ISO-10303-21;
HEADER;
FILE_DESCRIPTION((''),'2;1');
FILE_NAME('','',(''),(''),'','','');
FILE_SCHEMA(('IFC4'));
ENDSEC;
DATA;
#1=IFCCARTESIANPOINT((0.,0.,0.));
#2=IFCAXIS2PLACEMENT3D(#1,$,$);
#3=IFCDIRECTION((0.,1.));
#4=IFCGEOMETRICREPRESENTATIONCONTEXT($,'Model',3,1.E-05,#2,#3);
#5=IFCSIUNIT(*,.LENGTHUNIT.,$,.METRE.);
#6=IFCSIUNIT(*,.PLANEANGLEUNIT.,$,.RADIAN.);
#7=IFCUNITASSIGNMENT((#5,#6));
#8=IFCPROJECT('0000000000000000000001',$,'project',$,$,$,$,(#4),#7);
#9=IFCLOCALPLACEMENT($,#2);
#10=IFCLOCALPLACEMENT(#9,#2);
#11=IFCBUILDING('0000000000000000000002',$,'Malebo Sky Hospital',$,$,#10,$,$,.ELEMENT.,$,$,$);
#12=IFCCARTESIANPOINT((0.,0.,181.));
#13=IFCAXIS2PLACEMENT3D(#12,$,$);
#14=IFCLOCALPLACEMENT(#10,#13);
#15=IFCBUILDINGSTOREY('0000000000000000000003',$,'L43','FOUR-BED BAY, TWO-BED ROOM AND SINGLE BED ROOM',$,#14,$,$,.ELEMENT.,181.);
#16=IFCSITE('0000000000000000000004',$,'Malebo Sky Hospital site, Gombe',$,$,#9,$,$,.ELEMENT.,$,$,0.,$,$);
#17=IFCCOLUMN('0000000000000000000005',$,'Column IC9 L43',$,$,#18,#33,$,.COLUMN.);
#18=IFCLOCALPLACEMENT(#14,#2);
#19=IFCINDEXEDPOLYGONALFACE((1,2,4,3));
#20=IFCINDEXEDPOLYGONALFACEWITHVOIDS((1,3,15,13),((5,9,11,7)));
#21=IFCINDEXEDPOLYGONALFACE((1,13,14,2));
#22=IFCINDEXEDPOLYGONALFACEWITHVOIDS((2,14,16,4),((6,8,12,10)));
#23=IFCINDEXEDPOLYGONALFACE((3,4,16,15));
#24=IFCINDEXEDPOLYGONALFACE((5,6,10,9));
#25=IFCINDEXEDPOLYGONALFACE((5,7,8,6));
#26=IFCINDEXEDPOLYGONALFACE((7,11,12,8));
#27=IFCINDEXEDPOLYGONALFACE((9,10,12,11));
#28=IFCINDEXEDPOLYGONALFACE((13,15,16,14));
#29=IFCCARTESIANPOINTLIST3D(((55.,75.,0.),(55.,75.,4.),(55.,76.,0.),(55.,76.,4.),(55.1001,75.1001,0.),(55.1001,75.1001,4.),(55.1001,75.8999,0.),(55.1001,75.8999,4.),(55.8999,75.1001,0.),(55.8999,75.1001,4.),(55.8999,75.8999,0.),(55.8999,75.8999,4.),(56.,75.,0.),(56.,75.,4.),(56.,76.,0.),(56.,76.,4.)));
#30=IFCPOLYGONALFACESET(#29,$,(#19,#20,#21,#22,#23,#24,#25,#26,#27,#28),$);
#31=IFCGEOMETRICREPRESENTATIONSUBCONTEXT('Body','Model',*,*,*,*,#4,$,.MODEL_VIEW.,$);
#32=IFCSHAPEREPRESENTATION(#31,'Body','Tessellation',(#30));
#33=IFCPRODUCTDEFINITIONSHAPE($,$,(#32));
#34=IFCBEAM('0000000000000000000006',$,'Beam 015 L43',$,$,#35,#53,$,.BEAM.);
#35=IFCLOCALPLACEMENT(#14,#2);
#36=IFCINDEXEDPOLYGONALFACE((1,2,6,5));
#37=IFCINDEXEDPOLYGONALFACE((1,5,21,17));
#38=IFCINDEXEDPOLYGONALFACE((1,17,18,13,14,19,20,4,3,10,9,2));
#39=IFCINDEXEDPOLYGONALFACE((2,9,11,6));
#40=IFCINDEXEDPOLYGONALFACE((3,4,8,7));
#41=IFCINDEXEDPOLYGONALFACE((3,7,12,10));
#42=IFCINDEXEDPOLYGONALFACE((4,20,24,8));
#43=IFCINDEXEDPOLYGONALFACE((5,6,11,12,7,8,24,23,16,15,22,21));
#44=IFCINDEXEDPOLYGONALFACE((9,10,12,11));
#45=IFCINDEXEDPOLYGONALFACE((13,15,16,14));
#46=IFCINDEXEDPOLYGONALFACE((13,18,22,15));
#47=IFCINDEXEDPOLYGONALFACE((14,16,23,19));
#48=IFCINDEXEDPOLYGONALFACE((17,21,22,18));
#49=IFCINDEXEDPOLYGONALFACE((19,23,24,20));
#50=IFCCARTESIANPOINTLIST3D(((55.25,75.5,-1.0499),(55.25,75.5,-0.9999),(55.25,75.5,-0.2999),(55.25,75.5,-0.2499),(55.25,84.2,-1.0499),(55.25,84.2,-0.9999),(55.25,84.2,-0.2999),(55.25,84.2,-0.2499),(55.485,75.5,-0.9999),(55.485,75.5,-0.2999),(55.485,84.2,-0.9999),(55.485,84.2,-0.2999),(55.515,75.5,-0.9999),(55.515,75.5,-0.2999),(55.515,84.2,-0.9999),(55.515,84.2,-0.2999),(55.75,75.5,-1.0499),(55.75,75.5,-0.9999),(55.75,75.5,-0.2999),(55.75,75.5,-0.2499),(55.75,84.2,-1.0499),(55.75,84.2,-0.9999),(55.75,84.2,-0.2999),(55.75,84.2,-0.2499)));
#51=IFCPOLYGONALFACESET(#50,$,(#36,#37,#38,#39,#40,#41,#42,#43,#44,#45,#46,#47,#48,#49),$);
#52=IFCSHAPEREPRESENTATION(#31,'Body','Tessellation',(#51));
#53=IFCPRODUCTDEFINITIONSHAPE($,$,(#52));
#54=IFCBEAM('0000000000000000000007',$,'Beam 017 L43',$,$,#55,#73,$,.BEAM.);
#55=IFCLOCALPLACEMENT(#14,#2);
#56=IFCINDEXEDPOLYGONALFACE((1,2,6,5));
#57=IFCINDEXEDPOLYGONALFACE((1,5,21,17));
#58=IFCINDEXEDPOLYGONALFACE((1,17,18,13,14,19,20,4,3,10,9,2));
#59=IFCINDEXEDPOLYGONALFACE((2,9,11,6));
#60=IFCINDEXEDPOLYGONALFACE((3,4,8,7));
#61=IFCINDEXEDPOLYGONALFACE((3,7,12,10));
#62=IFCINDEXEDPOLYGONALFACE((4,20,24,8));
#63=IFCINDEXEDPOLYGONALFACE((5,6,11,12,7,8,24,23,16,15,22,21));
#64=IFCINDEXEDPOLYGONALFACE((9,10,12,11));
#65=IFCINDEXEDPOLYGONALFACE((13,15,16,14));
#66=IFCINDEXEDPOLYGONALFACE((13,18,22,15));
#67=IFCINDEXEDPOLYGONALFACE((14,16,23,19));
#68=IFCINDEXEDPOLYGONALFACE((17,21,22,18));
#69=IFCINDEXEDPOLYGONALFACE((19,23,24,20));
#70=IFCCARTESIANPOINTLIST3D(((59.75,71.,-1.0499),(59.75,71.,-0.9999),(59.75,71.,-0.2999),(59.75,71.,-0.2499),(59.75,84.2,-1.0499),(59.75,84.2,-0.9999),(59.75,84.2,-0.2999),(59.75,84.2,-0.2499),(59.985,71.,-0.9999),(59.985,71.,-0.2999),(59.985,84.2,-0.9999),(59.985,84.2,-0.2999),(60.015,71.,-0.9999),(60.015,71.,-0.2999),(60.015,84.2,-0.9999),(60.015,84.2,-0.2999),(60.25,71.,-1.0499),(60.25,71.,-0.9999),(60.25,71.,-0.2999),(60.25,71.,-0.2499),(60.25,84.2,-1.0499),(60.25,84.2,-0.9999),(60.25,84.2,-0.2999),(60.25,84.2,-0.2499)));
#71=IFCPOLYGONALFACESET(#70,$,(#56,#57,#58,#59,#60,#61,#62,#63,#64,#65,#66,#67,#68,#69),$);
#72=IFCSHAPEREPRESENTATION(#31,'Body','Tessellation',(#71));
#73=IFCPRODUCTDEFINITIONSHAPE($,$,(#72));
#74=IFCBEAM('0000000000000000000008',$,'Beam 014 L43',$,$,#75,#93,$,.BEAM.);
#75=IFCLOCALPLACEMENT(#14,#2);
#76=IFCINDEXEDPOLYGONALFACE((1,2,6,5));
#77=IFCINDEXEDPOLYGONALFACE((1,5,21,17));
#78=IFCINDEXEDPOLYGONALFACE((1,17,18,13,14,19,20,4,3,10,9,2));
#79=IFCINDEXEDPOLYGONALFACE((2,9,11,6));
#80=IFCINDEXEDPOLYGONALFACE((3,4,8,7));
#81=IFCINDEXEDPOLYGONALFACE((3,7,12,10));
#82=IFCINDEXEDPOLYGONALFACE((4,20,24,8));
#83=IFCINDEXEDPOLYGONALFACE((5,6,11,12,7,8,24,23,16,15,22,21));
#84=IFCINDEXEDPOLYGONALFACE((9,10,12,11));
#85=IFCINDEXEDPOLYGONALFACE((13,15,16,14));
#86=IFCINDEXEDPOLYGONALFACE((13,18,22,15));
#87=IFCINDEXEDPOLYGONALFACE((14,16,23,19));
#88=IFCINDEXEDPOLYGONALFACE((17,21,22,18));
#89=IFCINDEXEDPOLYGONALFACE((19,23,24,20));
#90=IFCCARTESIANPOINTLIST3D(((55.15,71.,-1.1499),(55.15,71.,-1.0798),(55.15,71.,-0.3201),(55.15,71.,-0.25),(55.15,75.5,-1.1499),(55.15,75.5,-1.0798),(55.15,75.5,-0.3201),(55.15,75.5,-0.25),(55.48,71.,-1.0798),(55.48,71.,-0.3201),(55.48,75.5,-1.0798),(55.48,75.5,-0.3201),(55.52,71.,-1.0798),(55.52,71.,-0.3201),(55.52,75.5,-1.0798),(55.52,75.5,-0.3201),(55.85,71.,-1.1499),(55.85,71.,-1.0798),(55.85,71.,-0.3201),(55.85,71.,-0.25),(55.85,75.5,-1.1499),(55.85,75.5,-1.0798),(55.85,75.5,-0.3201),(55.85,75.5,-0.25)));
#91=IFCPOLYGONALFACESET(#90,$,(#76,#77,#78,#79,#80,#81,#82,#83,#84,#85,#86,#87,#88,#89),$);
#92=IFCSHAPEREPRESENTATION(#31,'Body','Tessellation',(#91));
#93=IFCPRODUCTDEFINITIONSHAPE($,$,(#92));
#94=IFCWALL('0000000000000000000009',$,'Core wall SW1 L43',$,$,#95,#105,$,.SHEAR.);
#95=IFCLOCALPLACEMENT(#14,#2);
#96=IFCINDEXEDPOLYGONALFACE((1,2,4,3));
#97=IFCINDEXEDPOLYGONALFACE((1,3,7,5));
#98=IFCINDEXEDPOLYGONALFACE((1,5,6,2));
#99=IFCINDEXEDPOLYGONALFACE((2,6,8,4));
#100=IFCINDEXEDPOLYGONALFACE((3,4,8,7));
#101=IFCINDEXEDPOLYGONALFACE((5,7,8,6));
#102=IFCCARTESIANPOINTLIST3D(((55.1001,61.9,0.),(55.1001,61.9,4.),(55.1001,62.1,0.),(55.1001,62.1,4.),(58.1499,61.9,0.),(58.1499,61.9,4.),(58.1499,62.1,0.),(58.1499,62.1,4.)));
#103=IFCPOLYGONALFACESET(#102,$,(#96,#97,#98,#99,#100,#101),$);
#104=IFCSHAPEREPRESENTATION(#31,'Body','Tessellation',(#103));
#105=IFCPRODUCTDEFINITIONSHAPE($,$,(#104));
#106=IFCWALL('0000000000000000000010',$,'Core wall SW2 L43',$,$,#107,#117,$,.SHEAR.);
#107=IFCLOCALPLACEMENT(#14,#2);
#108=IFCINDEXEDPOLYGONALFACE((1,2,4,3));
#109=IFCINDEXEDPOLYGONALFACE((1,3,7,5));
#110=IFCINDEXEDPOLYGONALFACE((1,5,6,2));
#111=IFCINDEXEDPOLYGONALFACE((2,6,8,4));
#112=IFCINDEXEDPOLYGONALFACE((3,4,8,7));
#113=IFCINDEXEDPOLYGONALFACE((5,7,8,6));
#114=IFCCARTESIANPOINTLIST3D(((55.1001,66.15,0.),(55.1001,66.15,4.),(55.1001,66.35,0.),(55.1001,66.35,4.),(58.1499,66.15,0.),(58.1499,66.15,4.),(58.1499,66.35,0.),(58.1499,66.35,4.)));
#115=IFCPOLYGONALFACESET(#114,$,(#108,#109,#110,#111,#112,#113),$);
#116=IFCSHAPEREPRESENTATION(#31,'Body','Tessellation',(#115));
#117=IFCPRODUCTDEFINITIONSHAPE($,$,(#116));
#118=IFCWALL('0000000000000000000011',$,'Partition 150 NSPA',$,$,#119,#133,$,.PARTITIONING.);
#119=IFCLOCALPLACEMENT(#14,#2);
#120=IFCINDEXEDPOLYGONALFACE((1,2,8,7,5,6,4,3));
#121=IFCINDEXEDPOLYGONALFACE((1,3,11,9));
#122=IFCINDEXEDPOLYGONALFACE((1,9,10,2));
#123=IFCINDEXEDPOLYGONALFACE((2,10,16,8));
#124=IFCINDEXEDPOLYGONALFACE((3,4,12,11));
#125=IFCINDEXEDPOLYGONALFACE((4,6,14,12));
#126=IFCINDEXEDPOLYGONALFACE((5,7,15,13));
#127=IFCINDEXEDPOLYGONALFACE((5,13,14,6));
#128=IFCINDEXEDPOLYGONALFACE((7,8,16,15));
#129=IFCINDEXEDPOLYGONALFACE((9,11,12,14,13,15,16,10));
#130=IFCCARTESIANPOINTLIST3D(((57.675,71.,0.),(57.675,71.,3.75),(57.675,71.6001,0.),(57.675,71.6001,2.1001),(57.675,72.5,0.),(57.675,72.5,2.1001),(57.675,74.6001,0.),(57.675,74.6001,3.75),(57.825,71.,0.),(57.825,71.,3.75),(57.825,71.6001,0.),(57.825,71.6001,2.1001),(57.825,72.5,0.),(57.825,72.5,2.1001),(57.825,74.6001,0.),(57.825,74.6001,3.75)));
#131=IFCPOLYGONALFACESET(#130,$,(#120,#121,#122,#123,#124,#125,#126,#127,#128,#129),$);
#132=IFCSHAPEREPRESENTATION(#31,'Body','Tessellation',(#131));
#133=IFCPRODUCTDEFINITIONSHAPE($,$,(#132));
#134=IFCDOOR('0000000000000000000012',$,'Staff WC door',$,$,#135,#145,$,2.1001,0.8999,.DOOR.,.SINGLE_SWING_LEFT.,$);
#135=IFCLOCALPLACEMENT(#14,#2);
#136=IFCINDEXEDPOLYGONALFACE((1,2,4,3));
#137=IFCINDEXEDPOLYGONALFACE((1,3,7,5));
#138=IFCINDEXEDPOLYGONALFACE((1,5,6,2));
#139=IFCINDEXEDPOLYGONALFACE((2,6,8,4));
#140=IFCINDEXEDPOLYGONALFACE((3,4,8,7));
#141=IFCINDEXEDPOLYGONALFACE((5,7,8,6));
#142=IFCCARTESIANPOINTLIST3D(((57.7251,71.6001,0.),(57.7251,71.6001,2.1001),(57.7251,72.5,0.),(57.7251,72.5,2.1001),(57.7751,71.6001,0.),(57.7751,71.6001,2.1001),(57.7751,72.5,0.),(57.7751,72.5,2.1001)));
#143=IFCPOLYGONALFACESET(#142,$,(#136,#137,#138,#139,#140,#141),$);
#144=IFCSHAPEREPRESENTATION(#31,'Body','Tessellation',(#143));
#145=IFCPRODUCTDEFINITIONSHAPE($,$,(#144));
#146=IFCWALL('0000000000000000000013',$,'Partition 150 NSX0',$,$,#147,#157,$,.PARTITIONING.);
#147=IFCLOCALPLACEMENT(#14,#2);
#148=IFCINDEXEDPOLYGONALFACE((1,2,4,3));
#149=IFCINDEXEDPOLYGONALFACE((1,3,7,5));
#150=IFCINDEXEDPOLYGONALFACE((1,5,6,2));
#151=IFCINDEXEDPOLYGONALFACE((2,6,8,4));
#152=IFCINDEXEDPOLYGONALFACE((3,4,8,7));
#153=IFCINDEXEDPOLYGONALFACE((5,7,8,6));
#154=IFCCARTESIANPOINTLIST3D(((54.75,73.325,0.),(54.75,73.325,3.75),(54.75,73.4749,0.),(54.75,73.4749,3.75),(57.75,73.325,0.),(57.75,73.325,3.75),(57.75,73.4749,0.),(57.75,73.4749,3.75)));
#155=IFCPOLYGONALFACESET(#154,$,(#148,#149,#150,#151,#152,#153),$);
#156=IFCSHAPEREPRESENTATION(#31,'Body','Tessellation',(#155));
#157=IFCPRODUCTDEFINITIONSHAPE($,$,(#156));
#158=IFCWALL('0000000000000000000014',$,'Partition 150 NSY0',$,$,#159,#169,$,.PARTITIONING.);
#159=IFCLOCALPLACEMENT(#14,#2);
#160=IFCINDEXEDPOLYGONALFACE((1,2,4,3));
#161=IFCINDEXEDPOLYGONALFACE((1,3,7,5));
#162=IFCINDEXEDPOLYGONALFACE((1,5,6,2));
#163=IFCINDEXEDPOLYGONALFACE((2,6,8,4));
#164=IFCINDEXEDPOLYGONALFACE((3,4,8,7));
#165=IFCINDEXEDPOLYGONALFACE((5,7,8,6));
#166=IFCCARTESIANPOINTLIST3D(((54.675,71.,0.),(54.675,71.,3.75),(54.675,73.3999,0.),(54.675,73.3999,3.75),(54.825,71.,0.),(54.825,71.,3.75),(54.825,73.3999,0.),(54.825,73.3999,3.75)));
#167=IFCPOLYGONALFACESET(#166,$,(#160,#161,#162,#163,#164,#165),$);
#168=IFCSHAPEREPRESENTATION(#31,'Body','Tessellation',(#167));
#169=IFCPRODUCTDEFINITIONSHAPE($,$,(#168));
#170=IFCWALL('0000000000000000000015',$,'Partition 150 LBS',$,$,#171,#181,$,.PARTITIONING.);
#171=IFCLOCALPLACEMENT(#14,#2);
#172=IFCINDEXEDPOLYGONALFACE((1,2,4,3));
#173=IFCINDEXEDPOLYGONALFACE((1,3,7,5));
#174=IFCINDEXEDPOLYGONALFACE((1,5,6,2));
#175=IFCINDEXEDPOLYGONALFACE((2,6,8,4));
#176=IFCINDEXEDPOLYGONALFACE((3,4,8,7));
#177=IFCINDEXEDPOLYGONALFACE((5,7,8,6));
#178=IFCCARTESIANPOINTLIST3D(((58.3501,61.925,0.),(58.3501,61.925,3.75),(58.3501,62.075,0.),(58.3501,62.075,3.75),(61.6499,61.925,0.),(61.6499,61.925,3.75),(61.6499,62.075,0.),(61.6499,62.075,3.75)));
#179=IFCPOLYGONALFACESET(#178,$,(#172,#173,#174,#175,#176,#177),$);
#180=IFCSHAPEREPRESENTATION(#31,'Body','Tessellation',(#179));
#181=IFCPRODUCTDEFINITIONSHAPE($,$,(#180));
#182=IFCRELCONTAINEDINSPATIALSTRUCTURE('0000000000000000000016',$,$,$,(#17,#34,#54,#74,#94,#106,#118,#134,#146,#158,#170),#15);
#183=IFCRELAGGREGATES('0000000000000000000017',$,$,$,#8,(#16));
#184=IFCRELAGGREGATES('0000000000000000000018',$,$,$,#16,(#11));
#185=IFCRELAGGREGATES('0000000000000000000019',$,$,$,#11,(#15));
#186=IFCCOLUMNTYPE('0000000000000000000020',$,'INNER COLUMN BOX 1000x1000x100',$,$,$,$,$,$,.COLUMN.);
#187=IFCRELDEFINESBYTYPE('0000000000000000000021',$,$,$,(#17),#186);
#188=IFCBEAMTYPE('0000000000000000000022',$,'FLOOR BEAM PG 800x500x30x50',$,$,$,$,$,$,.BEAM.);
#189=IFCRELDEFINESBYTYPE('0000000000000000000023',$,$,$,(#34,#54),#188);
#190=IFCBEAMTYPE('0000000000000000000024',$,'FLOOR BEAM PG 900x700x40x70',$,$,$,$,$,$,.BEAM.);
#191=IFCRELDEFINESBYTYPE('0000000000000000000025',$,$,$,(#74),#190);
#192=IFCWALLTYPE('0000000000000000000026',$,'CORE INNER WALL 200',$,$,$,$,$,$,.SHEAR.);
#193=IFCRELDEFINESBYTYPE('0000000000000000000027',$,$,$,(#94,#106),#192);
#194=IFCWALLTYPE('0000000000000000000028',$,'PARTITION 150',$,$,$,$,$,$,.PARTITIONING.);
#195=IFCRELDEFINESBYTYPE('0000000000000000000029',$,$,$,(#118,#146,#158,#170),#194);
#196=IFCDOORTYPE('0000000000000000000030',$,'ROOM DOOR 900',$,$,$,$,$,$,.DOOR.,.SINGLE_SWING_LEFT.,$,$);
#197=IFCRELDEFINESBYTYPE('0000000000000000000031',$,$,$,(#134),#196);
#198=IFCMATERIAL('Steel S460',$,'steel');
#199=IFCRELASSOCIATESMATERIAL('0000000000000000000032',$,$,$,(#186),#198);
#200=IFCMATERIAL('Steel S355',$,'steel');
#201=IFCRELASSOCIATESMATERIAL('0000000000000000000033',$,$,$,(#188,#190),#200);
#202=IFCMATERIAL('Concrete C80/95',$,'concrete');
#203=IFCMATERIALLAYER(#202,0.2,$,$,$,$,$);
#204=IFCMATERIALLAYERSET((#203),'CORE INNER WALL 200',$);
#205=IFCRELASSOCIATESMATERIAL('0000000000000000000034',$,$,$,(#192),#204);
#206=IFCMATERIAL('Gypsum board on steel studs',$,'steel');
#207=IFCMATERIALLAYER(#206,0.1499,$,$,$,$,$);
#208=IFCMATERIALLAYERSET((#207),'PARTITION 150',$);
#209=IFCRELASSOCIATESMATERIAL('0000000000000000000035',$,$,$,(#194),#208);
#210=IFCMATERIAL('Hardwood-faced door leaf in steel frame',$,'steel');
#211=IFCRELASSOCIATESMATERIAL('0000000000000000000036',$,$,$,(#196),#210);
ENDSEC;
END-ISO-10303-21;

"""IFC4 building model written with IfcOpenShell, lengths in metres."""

from ifc_helpers import new_model, si_unit, direction, frame, frame_2d, origin, origin_2d, place, context, subcontext, project, spatial, rectangle, hollow_rectangle, i_section, extrude, material, layer, layer_set, material_profile, profile_set, type_object, element, fill, save


model = new_model("IFC4")

# Units and contexts
model_context = context("Model", 3, precision=1e-05, world=origin(), true_north=direction((0.0, 1.0)))
body_context = subcontext(model_context, "Body", "Model", "MODEL_VIEW")
ifc_project = project(units=[si_unit("LENGTHUNIT", "METRE"), si_unit("PLANEANGLEUNIT", "RADIAN")], contexts=[model_context])

# Site, building, storey
site_placement = place(None, origin())
site = spatial("IfcSite", under=ifc_project, at=site_placement, Name="Malebo Sky Hospital site, Gombe", CompositionType="ELEMENT", RefElevation=0.0)
building_placement = place(site_placement, origin())
building = spatial("IfcBuilding", under=site, at=building_placement, Name="Malebo Sky Hospital", CompositionType="ELEMENT")
storey_placement = place(building_placement, frame((0.0, 0.0, 181.0)))
storey = spatial("IfcBuildingStorey", under=building, at=storey_placement, Name="L43", Description="FOUR-BED BAY, TWO-BED ROOM AND SINGLE BED ROOM", CompositionType="ELEMENT", Elevation=181.0)

# Column
ifc_material_1 = material(Name="Steel S460", Category="steel")
ifc_material_profile_1 = material_profile(ifc_material_1, hollow_rectangle(XDim=1.0, YDim=1.0, WallThickness=0.1001, at=origin_2d()), Name="BOX 1000x1000x100")
ifc_profile_set_1 = profile_set([ifc_material_profile_1], Name="Steel S460")
column_type = type_object("IfcColumnType", Name="INNER COLUMN BOX 1000x1000x100", PredefinedType="COLUMN", material=ifc_profile_set_1)
column_placement = place(storey_placement, frame((55.5, 75.5, 0.0), z_axis=(0.0, 0.0, 1.0), x_axis=(1.0, 0.0, 0.0)))
element("IfcColumn", 1, at=column_placement, inside=storey, type_object=column_type, Name="Column IC9 L43", PredefinedType="COLUMN", context=body_context, shape_type="SweptSolid", body=[
    extrude(hollow_rectangle(XDim=1.0, YDim=1.0, WallThickness=0.1001, at=origin_2d()), origin(), (0.0, 0.0, 1.0), 4.0),
])

# Beams
ifc_material_2 = material(Name="Steel S355", Category="steel")
ifc_material_profile_2 = material_profile(ifc_material_2, i_section(OverallWidth=0.5, OverallDepth=0.8, WebThickness=0.03, FlangeThickness=0.05, at=origin_2d()), Name="PG 800x500x30x50")
ifc_profile_set_2 = profile_set([ifc_material_profile_2], Name="Steel S355")
beam_type_1 = type_object("IfcBeamType", Name="FLOOR BEAM PG 800x500x30x50", PredefinedType="BEAM", material=ifc_profile_set_2)
beam_1_placement = place(storey_placement, frame((55.5, 75.5, -0.6499), z_axis=(0.0, 1.0, 0.0), x_axis=(-1.0, 0.0, 0.0)))
element("IfcBeam", 2, at=beam_1_placement, inside=storey, type_object=beam_type_1, Name="Beam 015 L43", PredefinedType="BEAM", context=body_context, shape_type="SweptSolid", body=[
    extrude(i_section(OverallWidth=0.5, OverallDepth=0.8, WebThickness=0.03, FlangeThickness=0.05, at=origin_2d()), origin(), (0.0, 0.0, 1.0), 8.7),
])
beam_2_placement = place(storey_placement, frame((60.0, 71.0, -0.6499), z_axis=(0.0, 1.0, 0.0), x_axis=(-1.0, 0.0, 0.0)))
element("IfcBeam", 3, at=beam_2_placement, inside=storey, type_object=beam_type_1, Name="Beam 017 L43", PredefinedType="BEAM", context=body_context, shape_type="SweptSolid", body=[
    extrude(i_section(OverallWidth=0.5, OverallDepth=0.8, WebThickness=0.03, FlangeThickness=0.05, at=origin_2d()), origin(), (0.0, 0.0, 1.0), 13.2),
])
ifc_material_profile_3 = material_profile(ifc_material_2, i_section(OverallWidth=0.7, OverallDepth=0.8999, WebThickness=0.04, FlangeThickness=0.0701, at=origin_2d()), Name="PG 900x700x40x70")
ifc_profile_set_3 = profile_set([ifc_material_profile_3], Name="Steel S355")
beam_type_2 = type_object("IfcBeamType", Name="FLOOR BEAM PG 900x700x40x70", PredefinedType="BEAM", material=ifc_profile_set_3)
beam_3_placement = place(storey_placement, frame((55.5, 71.0, -0.7), z_axis=(0.0, 1.0, 0.0), x_axis=(-1.0, 0.0, 0.0)))
element("IfcBeam", 4, at=beam_3_placement, inside=storey, type_object=beam_type_2, Name="Beam 014 L43", PredefinedType="BEAM", context=body_context, shape_type="SweptSolid", body=[
    extrude(i_section(OverallWidth=0.7, OverallDepth=0.8999, WebThickness=0.04, FlangeThickness=0.0701, at=origin_2d()), origin(), (0.0, 0.0, 1.0), 4.5),
])

# Walls
ifc_material_3 = material(Name="Concrete C80/95", Category="concrete")
ifc_layer_1 = layer(ifc_material_3, 0.2)
ifc_layer_set_1 = layer_set([ifc_layer_1], Name="CORE INNER WALL 200")
wall_type_1 = type_object("IfcWallType", Name="CORE INNER WALL 200", PredefinedType="SHEAR", material=ifc_layer_set_1)
for number, where, z_axis, x_axis, name in (
    (5, (55.1001, 62.0, 0.0), (0.0, 0.0, 1.0), (1.0, 0.0, 0.0), "Core wall SW1 L43"),
    (6, (55.1001, 66.25, 0.0), (0.0, 0.0, 1.0), (1.0, 0.0, 0.0), "Core wall SW2 L43"),
):
    element("IfcWall", number, at=place(storey_placement, frame(where, z_axis=z_axis, x_axis=x_axis)), inside=storey, type_object=wall_type_1, Name=name, PredefinedType="SHEAR", context=body_context, shape_type="SweptSolid", body=[
        extrude(rectangle(XDim=3.0498, YDim=0.2, at=frame_2d((1.5249, 0.0))), origin(), (0.0, 0.0, 1.0), 4.0),
    ])

# Wall, opening, door
ifc_material_4 = material(Name="Gypsum board on steel studs", Category="steel")
ifc_layer_2 = layer(ifc_material_4, 0.1499)
ifc_layer_set_2 = layer_set([ifc_layer_2], Name="PARTITION 150")
wall_type_2 = type_object("IfcWallType", Name="PARTITION 150", PredefinedType="PARTITIONING", material=ifc_layer_set_2)
wall_1_placement = place(storey_placement, frame((57.75, 71.0, 0.0), z_axis=(0.0, 0.0, 1.0), x_axis=(0.0, 1.0, 0.0)))
wall_1 = element("IfcWall", 7, at=wall_1_placement, inside=storey, type_object=wall_type_2, Name="Partition 150 NSPA", PredefinedType="PARTITIONING", context=body_context, shape_type="SweptSolid", body=[
    extrude(rectangle(XDim=3.6001, YDim=0.1499, at=frame_2d((1.8, 0.0))), origin(), (0.0, 0.0, 1.0), 3.75),
])
opening_placement = place(wall_1_placement, frame((0.6001, 0.0, 0.0)))
opening = element("IfcOpeningElement", 8, at=opening_placement, cuts=wall_1, PredefinedType="OPENING", context=body_context, shape_type="SweptSolid", body=[
    extrude(rectangle(XDim=0.8999, YDim=2.1001, at=frame_2d((0.45, 1.05))), frame((0.0, 0.085, 0.0), z_axis=(0.0, -1.0, 0.0), x_axis=(1.0, 0.0, 0.0)), (0.0, 0.0, 1.0), 0.1699),
])
ifc_material_5 = material(Name="Hardwood-faced door leaf in steel frame", Category="steel")
door_type = type_object("IfcDoorType", Name="ROOM DOOR 900", OperationType="SINGLE_SWING_LEFT", PredefinedType="DOOR", material=ifc_material_5)
door_placement = place(opening_placement, origin())
door = element("IfcDoor", 9, at=door_placement, inside=storey, type_object=door_type, Name="Staff WC door", OperationType="SINGLE_SWING_LEFT", OverallHeight=2.1001, OverallWidth=0.8999, PredefinedType="DOOR", context=body_context, shape_type="SweptSolid", body=[
    extrude(rectangle(XDim=0.8999, YDim=2.1001, at=frame_2d((0.45, 1.05))), frame((0.0, 0.0249, 0.0), z_axis=(0.0, -1.0, 0.0), x_axis=(1.0, 0.0, 0.0)), (0.0, 0.0, 1.0), 0.05),
])
fill(opening, door)

# Walls
wall_2_placement = place(storey_placement, frame((54.75, 73.3999, 0.0), z_axis=(0.0, 0.0, 1.0), x_axis=(1.0, 0.0, 0.0)))
element("IfcWall", 10, at=wall_2_placement, inside=storey, type_object=wall_type_2, Name="Partition 150 NSX0", PredefinedType="PARTITIONING", context=body_context, shape_type="SweptSolid", body=[
    extrude(rectangle(XDim=3.0, YDim=0.1499, at=frame_2d((1.5, 0.0))), origin(), (0.0, 0.0, 1.0), 3.75),
])
wall_3_placement = place(storey_placement, frame((54.75, 71.0, 0.0), z_axis=(0.0, 0.0, 1.0), x_axis=(0.0, 1.0, 0.0)))
element("IfcWall", 11, at=wall_3_placement, inside=storey, type_object=wall_type_2, Name="Partition 150 NSY0", PredefinedType="PARTITIONING", context=body_context, shape_type="SweptSolid", body=[
    extrude(rectangle(XDim=2.3999, YDim=0.1499, at=frame_2d((1.2, 0.0))), origin(), (0.0, 0.0, 1.0), 3.75),
])
wall_4_placement = place(storey_placement, frame((58.3501, 62.0, 0.0), z_axis=(0.0, 0.0, 1.0), x_axis=(1.0, 0.0, 0.0)))
element("IfcWall", 12, at=wall_4_placement, inside=storey, type_object=wall_type_2, Name="Partition 150 LBS", PredefinedType="PARTITIONING", context=body_context, shape_type="SweptSolid", body=[
    extrude(rectangle(XDim=3.2998, YDim=0.1499, at=frame_2d((1.6499, 0.0))), origin(), (0.0, 0.0, 1.0), 3.75),
])

save(model, "model.ifc")
